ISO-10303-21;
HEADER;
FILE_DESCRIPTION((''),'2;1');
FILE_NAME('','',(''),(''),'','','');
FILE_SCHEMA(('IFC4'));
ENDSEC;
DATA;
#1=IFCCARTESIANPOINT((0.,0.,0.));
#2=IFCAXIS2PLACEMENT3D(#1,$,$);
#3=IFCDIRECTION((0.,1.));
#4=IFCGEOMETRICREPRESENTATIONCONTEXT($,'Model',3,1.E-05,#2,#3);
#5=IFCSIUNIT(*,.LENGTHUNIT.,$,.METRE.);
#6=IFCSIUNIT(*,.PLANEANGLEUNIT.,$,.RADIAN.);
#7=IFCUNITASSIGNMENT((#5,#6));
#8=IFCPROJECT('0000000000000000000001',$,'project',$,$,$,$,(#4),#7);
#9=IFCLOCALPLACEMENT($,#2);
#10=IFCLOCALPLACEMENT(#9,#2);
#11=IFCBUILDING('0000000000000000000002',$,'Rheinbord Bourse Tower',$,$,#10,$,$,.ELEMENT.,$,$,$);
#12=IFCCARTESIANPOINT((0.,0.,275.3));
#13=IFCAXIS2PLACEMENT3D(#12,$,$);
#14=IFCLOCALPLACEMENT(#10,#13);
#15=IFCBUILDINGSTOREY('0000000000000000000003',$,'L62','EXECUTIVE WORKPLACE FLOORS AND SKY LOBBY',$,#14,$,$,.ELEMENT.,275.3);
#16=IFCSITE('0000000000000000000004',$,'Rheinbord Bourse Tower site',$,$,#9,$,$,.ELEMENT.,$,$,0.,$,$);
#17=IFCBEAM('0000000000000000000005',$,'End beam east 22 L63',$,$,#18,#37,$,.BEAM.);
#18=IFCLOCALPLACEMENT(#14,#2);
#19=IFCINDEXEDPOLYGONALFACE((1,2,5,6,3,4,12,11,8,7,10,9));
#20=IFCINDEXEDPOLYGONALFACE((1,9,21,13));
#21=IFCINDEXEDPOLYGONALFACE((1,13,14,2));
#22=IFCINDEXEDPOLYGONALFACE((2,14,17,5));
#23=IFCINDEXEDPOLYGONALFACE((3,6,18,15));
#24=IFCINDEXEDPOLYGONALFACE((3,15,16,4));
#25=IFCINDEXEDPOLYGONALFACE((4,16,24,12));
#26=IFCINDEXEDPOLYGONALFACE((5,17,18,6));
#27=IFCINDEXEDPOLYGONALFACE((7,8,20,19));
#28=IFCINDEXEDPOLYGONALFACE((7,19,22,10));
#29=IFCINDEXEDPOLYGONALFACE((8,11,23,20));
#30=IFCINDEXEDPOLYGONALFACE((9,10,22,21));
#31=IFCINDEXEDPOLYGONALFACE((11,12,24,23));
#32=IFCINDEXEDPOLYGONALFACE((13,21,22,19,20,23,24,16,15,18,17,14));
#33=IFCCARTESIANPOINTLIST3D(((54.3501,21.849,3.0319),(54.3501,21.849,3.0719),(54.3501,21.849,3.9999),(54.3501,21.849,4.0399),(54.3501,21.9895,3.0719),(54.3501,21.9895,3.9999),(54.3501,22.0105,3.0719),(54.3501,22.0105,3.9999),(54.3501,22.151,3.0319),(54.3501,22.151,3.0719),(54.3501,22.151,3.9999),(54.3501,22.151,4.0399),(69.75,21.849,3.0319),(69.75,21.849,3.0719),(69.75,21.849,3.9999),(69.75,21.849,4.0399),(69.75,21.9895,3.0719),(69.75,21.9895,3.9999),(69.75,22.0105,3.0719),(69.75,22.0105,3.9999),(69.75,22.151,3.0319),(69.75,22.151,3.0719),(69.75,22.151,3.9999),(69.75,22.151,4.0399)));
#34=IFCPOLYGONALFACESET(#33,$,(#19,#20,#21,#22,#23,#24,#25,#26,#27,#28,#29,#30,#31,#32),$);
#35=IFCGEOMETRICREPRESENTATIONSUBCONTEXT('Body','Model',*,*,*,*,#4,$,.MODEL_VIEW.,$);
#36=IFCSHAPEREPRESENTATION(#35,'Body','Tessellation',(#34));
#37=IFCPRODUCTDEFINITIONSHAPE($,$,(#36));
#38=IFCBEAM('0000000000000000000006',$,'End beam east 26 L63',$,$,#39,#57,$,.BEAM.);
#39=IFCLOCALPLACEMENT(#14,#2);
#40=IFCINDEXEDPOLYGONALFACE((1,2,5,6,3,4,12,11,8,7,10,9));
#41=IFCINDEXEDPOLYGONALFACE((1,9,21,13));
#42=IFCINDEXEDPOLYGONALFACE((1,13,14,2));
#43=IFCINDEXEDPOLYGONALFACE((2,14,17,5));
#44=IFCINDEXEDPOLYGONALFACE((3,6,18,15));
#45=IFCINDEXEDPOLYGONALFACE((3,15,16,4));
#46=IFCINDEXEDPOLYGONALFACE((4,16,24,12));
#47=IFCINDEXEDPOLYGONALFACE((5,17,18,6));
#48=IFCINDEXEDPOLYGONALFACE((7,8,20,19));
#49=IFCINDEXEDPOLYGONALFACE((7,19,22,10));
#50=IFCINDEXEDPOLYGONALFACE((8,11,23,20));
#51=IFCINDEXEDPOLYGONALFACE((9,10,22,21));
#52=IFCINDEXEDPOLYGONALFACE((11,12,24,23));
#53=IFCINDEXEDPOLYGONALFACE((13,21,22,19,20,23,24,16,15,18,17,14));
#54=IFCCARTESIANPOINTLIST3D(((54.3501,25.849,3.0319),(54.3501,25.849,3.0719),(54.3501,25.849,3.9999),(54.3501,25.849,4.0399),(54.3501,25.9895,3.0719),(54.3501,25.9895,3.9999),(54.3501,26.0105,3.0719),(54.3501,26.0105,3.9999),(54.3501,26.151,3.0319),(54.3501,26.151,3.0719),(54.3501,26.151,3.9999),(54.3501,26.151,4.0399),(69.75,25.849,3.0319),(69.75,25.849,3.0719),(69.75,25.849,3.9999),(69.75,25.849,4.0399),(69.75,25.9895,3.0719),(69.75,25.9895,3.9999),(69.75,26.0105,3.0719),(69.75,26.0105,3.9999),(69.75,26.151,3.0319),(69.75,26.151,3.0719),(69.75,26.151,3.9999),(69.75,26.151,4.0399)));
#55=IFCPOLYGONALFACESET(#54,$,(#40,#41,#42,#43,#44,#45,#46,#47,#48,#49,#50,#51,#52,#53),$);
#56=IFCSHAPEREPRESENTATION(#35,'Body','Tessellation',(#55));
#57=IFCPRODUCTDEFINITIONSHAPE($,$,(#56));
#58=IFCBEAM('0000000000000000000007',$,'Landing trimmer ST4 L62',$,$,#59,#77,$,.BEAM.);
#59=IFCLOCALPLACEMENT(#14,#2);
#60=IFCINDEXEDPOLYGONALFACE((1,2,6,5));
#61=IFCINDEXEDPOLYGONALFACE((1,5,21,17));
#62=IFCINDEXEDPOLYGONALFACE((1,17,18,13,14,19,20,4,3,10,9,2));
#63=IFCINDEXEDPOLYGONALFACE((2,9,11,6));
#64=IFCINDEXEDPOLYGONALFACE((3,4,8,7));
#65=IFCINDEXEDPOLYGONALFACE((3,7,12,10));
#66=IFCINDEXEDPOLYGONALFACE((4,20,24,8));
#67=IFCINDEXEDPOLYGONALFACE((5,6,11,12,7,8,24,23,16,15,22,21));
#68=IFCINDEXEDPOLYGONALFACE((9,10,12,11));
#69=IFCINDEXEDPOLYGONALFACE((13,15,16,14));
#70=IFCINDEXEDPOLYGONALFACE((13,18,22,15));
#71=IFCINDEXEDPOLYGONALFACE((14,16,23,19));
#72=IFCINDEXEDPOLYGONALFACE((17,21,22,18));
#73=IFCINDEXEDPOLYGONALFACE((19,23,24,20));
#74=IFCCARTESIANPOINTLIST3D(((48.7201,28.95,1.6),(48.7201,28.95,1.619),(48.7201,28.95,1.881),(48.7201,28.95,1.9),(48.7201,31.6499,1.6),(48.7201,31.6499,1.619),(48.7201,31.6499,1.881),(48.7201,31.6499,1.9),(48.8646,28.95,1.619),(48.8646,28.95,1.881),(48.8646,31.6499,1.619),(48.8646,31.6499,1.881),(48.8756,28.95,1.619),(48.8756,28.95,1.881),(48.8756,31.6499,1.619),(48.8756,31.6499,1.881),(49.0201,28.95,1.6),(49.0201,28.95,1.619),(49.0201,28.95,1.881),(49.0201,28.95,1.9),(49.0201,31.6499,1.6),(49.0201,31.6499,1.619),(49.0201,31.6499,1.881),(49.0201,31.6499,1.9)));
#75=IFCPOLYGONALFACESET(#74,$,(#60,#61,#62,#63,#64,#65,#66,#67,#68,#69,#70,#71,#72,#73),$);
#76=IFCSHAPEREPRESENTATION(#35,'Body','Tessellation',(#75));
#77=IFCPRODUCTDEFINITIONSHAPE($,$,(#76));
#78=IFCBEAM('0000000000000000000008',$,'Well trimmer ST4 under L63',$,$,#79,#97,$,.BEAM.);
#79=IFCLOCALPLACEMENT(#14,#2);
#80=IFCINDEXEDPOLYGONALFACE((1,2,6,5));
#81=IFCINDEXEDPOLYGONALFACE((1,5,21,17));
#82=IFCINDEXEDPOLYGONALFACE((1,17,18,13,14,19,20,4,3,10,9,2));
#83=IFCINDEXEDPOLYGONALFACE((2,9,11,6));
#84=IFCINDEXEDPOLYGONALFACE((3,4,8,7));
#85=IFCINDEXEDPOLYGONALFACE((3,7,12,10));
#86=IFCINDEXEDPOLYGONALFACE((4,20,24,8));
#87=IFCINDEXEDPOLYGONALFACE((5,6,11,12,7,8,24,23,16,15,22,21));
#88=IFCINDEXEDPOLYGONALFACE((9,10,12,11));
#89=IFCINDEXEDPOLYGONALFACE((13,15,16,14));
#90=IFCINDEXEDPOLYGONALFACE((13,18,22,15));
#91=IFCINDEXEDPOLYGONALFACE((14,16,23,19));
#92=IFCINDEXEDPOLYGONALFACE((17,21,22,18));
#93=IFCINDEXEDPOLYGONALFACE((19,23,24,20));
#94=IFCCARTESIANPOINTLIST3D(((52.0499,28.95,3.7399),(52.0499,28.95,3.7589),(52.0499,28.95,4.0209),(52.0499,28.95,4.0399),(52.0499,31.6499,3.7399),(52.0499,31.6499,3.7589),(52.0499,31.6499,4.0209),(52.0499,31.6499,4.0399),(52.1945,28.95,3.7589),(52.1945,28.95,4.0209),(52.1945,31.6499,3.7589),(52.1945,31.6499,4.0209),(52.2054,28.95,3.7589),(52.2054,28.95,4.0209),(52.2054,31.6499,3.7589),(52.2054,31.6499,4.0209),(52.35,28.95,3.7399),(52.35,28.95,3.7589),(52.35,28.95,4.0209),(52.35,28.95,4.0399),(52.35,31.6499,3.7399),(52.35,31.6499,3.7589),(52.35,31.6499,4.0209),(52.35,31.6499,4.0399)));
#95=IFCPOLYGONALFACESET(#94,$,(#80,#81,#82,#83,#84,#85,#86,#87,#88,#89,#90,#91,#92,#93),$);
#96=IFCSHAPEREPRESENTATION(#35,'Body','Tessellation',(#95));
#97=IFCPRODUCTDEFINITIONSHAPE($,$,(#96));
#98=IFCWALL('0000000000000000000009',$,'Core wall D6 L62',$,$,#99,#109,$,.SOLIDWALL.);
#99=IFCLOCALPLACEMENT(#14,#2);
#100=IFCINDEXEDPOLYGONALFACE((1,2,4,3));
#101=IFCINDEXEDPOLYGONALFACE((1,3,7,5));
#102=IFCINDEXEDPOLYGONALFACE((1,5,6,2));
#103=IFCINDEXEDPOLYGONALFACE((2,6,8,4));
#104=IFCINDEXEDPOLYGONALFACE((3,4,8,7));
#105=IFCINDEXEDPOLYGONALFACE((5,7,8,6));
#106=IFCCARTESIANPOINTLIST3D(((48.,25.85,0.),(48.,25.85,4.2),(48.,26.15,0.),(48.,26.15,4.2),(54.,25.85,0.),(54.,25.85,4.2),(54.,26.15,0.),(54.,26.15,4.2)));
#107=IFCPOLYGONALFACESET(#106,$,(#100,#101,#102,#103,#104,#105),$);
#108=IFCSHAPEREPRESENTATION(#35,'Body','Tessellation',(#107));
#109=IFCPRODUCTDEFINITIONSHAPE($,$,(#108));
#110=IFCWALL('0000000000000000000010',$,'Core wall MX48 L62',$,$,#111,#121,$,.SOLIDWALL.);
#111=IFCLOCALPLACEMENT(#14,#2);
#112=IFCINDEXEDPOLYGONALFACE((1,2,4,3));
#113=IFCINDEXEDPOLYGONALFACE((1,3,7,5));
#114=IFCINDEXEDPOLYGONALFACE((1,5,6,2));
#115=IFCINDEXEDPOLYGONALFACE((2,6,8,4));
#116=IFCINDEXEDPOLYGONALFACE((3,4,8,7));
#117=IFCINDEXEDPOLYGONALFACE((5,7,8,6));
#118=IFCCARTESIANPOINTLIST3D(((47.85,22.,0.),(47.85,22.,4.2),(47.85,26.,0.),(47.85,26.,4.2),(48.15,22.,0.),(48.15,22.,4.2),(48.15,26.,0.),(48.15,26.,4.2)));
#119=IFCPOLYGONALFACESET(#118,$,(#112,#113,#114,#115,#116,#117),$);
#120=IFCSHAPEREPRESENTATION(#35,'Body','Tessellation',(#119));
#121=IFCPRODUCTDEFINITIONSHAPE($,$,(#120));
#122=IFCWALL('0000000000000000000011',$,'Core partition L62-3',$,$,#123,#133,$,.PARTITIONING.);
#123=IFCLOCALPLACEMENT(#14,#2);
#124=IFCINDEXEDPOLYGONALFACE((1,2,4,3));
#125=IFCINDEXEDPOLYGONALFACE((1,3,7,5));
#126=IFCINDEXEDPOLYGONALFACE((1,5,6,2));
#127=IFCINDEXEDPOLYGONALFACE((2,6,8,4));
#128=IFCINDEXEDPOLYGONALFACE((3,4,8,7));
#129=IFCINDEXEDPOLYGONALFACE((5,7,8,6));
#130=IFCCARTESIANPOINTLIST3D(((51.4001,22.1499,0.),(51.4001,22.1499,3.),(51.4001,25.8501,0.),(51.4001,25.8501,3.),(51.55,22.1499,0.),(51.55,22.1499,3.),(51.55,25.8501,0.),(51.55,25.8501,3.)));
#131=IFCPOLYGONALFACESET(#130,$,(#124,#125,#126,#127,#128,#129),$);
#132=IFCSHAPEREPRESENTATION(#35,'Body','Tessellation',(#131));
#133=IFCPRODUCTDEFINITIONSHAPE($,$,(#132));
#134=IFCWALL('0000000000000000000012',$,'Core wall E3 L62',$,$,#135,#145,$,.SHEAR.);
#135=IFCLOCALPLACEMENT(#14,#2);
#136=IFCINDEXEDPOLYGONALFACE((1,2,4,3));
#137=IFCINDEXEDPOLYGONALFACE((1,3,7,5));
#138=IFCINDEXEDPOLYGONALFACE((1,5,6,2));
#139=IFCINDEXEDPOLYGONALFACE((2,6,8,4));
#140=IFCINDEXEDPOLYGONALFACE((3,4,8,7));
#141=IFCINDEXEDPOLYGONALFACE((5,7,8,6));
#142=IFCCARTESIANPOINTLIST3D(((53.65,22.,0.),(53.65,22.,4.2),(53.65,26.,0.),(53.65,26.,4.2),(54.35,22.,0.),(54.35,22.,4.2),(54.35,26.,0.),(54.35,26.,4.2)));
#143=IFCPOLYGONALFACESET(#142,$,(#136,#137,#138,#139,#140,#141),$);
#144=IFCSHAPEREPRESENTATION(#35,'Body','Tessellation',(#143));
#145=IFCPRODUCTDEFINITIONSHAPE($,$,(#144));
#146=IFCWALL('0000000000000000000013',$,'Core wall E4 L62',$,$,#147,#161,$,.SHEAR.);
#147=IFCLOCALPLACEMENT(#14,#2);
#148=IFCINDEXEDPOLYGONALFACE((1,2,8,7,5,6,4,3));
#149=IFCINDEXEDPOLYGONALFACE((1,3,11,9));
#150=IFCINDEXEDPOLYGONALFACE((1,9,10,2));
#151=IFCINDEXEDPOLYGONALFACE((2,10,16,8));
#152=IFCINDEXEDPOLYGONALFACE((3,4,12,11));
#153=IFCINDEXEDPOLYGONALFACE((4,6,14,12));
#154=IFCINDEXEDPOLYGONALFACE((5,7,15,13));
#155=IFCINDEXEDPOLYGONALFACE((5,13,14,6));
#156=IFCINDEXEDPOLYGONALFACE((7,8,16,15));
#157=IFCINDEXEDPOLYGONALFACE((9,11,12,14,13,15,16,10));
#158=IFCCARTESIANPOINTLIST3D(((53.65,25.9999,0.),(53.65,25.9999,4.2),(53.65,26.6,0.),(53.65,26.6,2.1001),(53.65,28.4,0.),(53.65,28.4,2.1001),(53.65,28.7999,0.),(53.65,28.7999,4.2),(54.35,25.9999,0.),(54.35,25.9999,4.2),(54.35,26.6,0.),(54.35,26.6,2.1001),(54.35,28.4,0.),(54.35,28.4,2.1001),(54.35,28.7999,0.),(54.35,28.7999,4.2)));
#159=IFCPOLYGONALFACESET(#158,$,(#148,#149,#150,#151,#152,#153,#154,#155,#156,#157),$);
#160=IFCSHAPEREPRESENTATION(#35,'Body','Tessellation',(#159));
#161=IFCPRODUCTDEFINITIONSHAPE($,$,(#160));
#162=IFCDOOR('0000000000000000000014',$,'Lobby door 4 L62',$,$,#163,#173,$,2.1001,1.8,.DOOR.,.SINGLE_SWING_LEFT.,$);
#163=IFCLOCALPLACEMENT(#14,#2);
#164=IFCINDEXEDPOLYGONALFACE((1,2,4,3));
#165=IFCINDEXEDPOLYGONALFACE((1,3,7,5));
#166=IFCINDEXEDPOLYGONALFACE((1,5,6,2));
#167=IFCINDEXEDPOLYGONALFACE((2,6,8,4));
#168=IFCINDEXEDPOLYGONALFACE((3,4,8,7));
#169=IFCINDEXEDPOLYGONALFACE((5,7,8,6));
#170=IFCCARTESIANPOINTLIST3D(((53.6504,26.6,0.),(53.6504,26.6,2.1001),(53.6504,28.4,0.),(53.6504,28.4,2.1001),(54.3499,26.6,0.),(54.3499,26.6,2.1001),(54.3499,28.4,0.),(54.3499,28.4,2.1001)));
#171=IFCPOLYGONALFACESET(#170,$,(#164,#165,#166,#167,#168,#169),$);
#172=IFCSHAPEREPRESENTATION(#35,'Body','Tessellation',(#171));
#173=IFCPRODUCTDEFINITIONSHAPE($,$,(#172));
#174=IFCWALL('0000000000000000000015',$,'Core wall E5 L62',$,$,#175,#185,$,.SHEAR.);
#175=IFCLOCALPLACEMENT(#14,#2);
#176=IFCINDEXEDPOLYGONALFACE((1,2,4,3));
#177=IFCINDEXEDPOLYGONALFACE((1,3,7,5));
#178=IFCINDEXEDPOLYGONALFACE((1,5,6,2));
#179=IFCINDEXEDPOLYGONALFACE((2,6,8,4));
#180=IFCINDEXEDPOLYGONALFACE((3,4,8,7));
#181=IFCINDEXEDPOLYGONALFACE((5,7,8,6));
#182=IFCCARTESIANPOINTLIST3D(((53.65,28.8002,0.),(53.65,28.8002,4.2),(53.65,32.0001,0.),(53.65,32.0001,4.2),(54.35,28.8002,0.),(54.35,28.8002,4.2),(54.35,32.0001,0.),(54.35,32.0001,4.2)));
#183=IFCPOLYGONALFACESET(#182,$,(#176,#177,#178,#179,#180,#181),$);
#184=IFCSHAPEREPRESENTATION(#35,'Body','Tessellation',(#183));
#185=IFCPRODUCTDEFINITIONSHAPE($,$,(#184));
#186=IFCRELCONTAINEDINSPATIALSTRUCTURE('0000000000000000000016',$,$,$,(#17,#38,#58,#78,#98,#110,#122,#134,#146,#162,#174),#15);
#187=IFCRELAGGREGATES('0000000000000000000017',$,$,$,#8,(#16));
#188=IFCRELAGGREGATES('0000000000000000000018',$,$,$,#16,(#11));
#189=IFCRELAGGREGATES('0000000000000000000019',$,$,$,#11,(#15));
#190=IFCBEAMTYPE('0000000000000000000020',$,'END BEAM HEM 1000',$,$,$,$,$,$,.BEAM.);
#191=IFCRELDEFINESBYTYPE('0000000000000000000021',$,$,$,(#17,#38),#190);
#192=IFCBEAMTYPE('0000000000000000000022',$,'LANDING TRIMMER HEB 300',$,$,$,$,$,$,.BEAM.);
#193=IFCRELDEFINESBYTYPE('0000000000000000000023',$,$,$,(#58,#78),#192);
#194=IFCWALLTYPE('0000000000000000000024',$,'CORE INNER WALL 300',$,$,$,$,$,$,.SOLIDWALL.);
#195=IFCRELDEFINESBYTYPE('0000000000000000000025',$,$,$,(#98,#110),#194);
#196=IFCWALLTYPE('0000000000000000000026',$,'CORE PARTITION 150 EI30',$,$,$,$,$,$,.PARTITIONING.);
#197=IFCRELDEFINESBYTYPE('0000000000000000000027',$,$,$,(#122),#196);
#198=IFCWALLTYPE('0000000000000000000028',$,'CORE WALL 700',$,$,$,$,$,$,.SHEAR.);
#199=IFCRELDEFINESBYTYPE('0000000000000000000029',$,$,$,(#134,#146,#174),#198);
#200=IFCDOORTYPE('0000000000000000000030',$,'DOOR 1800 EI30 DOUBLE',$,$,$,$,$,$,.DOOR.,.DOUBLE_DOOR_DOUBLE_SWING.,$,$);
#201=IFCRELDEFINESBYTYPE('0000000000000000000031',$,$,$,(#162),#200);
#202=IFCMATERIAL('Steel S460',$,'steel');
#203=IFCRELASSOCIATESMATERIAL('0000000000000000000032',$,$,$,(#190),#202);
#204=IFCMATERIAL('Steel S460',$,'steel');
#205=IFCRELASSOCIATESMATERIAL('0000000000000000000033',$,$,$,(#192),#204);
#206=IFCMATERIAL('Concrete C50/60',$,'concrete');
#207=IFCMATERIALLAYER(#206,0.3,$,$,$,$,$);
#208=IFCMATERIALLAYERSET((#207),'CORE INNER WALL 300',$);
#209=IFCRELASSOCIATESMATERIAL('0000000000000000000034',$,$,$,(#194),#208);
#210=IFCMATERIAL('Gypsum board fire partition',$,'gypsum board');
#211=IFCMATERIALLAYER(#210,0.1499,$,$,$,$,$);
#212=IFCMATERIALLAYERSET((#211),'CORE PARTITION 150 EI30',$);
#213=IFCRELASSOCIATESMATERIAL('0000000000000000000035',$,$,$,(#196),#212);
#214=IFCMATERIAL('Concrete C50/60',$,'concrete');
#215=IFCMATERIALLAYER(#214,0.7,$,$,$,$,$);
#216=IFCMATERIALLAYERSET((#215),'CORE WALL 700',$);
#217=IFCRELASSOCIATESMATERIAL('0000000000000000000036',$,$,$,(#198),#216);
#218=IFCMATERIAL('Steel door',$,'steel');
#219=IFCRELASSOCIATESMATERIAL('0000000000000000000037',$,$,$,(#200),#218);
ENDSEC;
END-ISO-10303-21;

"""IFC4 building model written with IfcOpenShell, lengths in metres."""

from ifc_helpers import new_model, si_unit, direction, frame, frame_2d, origin, origin_2d, place, context, subcontext, project, spatial, rectangle, i_section, extrude, material, layer, layer_set, material_profile, profile_set, type_object, element, fill, save


model = new_model("IFC4")

# Units and contexts
model_context = context("Model", 3, precision=1e-05, world=origin(), true_north=direction((0.0, 1.0)))
body_context = subcontext(model_context, "Body", "Model", "MODEL_VIEW")
ifc_project = project(units=[si_unit("LENGTHUNIT", "METRE"), si_unit("PLANEANGLEUNIT", "RADIAN")], contexts=[model_context])

# Site, building, storey
site_placement = place(None, origin())
site = spatial("IfcSite", under=ifc_project, at=site_placement, Name="Rheinbord Bourse Tower site", CompositionType="ELEMENT", RefElevation=0.0)
building_placement = place(site_placement, origin())
building = spatial("IfcBuilding", under=site, at=building_placement, Name="Rheinbord Bourse Tower", CompositionType="ELEMENT")
storey_placement = place(building_placement, frame((0.0, 0.0, 275.3)))
storey = spatial("IfcBuildingStorey", under=building, at=storey_placement, Name="L62", Description="EXECUTIVE WORKPLACE FLOORS AND SKY LOBBY", CompositionType="ELEMENT", Elevation=275.3)

# Beams
ifc_material_1 = material(Name="Steel S460", Category="steel")
ifc_material_profile_1 = material_profile(ifc_material_1, i_section(OverallWidth=0.302, OverallDepth=1.0081, WebThickness=0.021, FlangeThickness=0.04, at=origin_2d()), Name="HEM 1000")
ifc_profile_set_1 = profile_set([ifc_material_profile_1], Name="Steel S460")
beam_type_1 = type_object("IfcBeamType", Name="END BEAM HEM 1000", PredefinedType="BEAM", material=ifc_profile_set_1)
for number, where, z_axis, x_axis, name in (
    (1, (54.3501, 22.0, 3.5359), (1.0, 0.0, 0.0), (0.0, 1.0, 0.0), "End beam east 22 L63"),
    (2, (54.3501, 26.0, 3.5359), (1.0, 0.0, 0.0), (0.0, 1.0, 0.0), "End beam east 26 L63"),
):
    element("IfcBeam", number, at=place(storey_placement, frame(where, z_axis=z_axis, x_axis=x_axis)), inside=storey, type_object=beam_type_1, Name=name, PredefinedType="BEAM", context=body_context, shape_type="SweptSolid", body=[
        extrude(i_section(OverallWidth=0.302, OverallDepth=1.0081, WebThickness=0.021, FlangeThickness=0.04, at=origin_2d()), origin(), (0.0, 0.0, 1.0), 15.3999),
    ])
ifc_material_2 = material(Name="Steel S460", Category="steel")
ifc_material_profile_2 = material_profile(ifc_material_2, i_section(OverallWidth=0.3, OverallDepth=0.3, WebThickness=0.011, FlangeThickness=0.019, at=origin_2d()), Name="HEB 300")
ifc_profile_set_2 = profile_set([ifc_material_profile_2], Name="Steel S460")
beam_type_2 = type_object("IfcBeamType", Name="LANDING TRIMMER HEB 300", PredefinedType="BEAM", material=ifc_profile_set_2)
for number, where, z_axis, x_axis, name in (
    (3, (48.8701, 28.95, 1.75), (0.0, 1.0, 0.0), (-1.0, 0.0, 0.0), "Landing trimmer ST4 L62"),
    (4, (52.2, 28.95, 3.8899), (0.0, 1.0, 0.0), (-1.0, 0.0, 0.0), "Well trimmer ST4 under L63"),
):
    element("IfcBeam", number, at=place(storey_placement, frame(where, z_axis=z_axis, x_axis=x_axis)), inside=storey, type_object=beam_type_2, Name=name, PredefinedType="BEAM", context=body_context, shape_type="SweptSolid", body=[
        extrude(i_section(OverallWidth=0.3, OverallDepth=0.3, WebThickness=0.011, FlangeThickness=0.019, at=origin_2d()), origin(), (0.0, 0.0, 1.0), 2.7),
    ])

# Walls
ifc_material_3 = material(Name="Concrete C50/60", Category="concrete")
ifc_layer_1 = layer(ifc_material_3, 0.3)
ifc_layer_set_1 = layer_set([ifc_layer_1], Name="CORE INNER WALL 300")
wall_type_1 = type_object("IfcWallType", Name="CORE INNER WALL 300", PredefinedType="SOLIDWALL", material=ifc_layer_set_1)
wall_1_placement = place(storey_placement, frame((48.0, 26.0, 0.0), z_axis=(0.0, 0.0, 1.0), x_axis=(1.0, 0.0, 0.0)))
element("IfcWall", 5, at=wall_1_placement, inside=storey, type_object=wall_type_1, Name="Core wall D6 L62", PredefinedType="SOLIDWALL", context=body_context, shape_type="SweptSolid", body=[
    extrude(rectangle(XDim=6.0, YDim=0.3, at=frame_2d((3.0, 0.0))), origin(), (0.0, 0.0, 1.0), 4.2),
])
wall_2_placement = place(storey_placement, frame((48.0, 22.0, 0.0), z_axis=(0.0, 0.0, 1.0), x_axis=(0.0, 1.0, 0.0)))
element("IfcWall", 6, at=wall_2_placement, inside=storey, type_object=wall_type_1, Name="Core wall MX48 L62", PredefinedType="SOLIDWALL", context=body_context, shape_type="SweptSolid", body=[
    extrude(rectangle(XDim=4.0, YDim=0.3, at=frame_2d((2.0, 0.0))), origin(), (0.0, 0.0, 1.0), 4.2),
])
ifc_material_4 = material(Name="Gypsum board fire partition", Category="gypsum board")
ifc_layer_2 = layer(ifc_material_4, 0.1499)
ifc_layer_set_2 = layer_set([ifc_layer_2], Name="CORE PARTITION 150 EI30")
wall_type_2 = type_object("IfcWallType", Name="CORE PARTITION 150 EI30", PredefinedType="PARTITIONING", material=ifc_layer_set_2)
wall_3_placement = place(storey_placement, frame((51.4751, 22.1499, 0.0), z_axis=(0.0, 0.0, 1.0), x_axis=(0.0, 1.0, 0.0)))
element("IfcWall", 7, at=wall_3_placement, inside=storey, type_object=wall_type_2, Name="Core partition L62-3", PredefinedType="PARTITIONING", context=body_context, shape_type="SweptSolid", body=[
    extrude(rectangle(XDim=3.7002, YDim=0.1499, at=frame_2d((1.8501, 0.0))), origin(), (0.0, 0.0, 1.0), 3.0),
])
ifc_material_5 = material(Name="Concrete C50/60", Category="concrete")
ifc_layer_3 = layer(ifc_material_5, 0.7)
ifc_layer_set_3 = layer_set([ifc_layer_3], Name="CORE WALL 700")
wall_type_3 = type_object("IfcWallType", Name="CORE WALL 700", PredefinedType="SHEAR", material=ifc_layer_set_3)
wall_4_placement = place(storey_placement, frame((54.0, 22.0, 0.0), z_axis=(0.0, 0.0, 1.0), x_axis=(0.0, 1.0, 0.0)))
element("IfcWall", 8, at=wall_4_placement, inside=storey, type_object=wall_type_3, Name="Core wall E3 L62", PredefinedType="SHEAR", context=body_context, shape_type="SweptSolid", body=[
    extrude(rectangle(XDim=4.0, YDim=0.7, at=frame_2d((2.0, 0.0))), origin(), (0.0, 0.0, 1.0), 4.2),
])

# Wall, opening, door
wall_5_placement = place(storey_placement, frame((54.0, 26.0, 0.0), z_axis=(0.0, 0.0, 1.0), x_axis=(0.0, 1.0, 0.0)))
wall_5 = element("IfcWall", 9, at=wall_5_placement, inside=storey, type_object=wall_type_3, Name="Core wall E4 L62", PredefinedType="SHEAR", context=body_context, shape_type="SweptSolid", body=[
    extrude(rectangle(XDim=2.8, YDim=0.7, at=frame_2d((1.3999, 0.0))), origin(), (0.0, 0.0, 1.0), 4.2),
])
opening_1_placement = place(wall_5_placement, frame((0.6001, 0.0, 0.0)))
opening_1 = element("IfcOpeningElement", 10, at=opening_1_placement, cuts=wall_5, PredefinedType="OPENING", context=body_context, shape_type="SweptSolid", body=[
    extrude(rectangle(XDim=1.8, YDim=2.1001, at=frame_2d((0.8999, 1.05))), frame((0.0, 0.3599, 0.0), z_axis=(0.0, -1.0, 0.0), x_axis=(1.0, 0.0, 0.0)), (0.0, 0.0, 1.0), 0.72),
])
ifc_material_6 = material(Name="Steel door", Category="steel")
door_type_1 = type_object("IfcDoorType", Name="DOOR 1800 EI30 DOUBLE", OperationType="DOUBLE_DOOR_DOUBLE_SWING", PredefinedType="DOOR", material=ifc_material_6)
door_1_placement = place(opening_1_placement, origin())
door_1 = element("IfcDoor", 11, at=door_1_placement, inside=storey, type_object=door_type_1, Name="Lobby door 4 L62", OperationType="SINGLE_SWING_LEFT", OverallHeight=2.1001, OverallWidth=1.8, PredefinedType="DOOR", context=body_context, shape_type="SweptSolid", body=[
    extrude(rectangle(XDim=1.8, YDim=2.1001, at=frame_2d((0.8999, 1.05))), frame((0.0, 0.3496, 0.0), z_axis=(0.0, -1.0, 0.0), x_axis=(1.0, 0.0, 0.0)), (0.0, 0.0, 1.0), 0.6995),
])
fill(opening_1, door_1)

# Wall
wall_6_placement = place(storey_placement, frame((54.0, 28.8, 0.0), z_axis=(0.0, 0.0, 1.0), x_axis=(0.0, 1.0, 0.0)))
element("IfcWall", 12, at=wall_6_placement, inside=storey, type_object=wall_type_3, Name="Core wall E5 L62", PredefinedType="SHEAR", context=body_context, shape_type="SweptSolid", body=[
    extrude(rectangle(XDim=3.2, YDim=0.7, at=frame_2d((1.6001, 0.0))), origin(), (0.0, 0.0, 1.0), 4.2),
])

save(model, "model.ifc")
